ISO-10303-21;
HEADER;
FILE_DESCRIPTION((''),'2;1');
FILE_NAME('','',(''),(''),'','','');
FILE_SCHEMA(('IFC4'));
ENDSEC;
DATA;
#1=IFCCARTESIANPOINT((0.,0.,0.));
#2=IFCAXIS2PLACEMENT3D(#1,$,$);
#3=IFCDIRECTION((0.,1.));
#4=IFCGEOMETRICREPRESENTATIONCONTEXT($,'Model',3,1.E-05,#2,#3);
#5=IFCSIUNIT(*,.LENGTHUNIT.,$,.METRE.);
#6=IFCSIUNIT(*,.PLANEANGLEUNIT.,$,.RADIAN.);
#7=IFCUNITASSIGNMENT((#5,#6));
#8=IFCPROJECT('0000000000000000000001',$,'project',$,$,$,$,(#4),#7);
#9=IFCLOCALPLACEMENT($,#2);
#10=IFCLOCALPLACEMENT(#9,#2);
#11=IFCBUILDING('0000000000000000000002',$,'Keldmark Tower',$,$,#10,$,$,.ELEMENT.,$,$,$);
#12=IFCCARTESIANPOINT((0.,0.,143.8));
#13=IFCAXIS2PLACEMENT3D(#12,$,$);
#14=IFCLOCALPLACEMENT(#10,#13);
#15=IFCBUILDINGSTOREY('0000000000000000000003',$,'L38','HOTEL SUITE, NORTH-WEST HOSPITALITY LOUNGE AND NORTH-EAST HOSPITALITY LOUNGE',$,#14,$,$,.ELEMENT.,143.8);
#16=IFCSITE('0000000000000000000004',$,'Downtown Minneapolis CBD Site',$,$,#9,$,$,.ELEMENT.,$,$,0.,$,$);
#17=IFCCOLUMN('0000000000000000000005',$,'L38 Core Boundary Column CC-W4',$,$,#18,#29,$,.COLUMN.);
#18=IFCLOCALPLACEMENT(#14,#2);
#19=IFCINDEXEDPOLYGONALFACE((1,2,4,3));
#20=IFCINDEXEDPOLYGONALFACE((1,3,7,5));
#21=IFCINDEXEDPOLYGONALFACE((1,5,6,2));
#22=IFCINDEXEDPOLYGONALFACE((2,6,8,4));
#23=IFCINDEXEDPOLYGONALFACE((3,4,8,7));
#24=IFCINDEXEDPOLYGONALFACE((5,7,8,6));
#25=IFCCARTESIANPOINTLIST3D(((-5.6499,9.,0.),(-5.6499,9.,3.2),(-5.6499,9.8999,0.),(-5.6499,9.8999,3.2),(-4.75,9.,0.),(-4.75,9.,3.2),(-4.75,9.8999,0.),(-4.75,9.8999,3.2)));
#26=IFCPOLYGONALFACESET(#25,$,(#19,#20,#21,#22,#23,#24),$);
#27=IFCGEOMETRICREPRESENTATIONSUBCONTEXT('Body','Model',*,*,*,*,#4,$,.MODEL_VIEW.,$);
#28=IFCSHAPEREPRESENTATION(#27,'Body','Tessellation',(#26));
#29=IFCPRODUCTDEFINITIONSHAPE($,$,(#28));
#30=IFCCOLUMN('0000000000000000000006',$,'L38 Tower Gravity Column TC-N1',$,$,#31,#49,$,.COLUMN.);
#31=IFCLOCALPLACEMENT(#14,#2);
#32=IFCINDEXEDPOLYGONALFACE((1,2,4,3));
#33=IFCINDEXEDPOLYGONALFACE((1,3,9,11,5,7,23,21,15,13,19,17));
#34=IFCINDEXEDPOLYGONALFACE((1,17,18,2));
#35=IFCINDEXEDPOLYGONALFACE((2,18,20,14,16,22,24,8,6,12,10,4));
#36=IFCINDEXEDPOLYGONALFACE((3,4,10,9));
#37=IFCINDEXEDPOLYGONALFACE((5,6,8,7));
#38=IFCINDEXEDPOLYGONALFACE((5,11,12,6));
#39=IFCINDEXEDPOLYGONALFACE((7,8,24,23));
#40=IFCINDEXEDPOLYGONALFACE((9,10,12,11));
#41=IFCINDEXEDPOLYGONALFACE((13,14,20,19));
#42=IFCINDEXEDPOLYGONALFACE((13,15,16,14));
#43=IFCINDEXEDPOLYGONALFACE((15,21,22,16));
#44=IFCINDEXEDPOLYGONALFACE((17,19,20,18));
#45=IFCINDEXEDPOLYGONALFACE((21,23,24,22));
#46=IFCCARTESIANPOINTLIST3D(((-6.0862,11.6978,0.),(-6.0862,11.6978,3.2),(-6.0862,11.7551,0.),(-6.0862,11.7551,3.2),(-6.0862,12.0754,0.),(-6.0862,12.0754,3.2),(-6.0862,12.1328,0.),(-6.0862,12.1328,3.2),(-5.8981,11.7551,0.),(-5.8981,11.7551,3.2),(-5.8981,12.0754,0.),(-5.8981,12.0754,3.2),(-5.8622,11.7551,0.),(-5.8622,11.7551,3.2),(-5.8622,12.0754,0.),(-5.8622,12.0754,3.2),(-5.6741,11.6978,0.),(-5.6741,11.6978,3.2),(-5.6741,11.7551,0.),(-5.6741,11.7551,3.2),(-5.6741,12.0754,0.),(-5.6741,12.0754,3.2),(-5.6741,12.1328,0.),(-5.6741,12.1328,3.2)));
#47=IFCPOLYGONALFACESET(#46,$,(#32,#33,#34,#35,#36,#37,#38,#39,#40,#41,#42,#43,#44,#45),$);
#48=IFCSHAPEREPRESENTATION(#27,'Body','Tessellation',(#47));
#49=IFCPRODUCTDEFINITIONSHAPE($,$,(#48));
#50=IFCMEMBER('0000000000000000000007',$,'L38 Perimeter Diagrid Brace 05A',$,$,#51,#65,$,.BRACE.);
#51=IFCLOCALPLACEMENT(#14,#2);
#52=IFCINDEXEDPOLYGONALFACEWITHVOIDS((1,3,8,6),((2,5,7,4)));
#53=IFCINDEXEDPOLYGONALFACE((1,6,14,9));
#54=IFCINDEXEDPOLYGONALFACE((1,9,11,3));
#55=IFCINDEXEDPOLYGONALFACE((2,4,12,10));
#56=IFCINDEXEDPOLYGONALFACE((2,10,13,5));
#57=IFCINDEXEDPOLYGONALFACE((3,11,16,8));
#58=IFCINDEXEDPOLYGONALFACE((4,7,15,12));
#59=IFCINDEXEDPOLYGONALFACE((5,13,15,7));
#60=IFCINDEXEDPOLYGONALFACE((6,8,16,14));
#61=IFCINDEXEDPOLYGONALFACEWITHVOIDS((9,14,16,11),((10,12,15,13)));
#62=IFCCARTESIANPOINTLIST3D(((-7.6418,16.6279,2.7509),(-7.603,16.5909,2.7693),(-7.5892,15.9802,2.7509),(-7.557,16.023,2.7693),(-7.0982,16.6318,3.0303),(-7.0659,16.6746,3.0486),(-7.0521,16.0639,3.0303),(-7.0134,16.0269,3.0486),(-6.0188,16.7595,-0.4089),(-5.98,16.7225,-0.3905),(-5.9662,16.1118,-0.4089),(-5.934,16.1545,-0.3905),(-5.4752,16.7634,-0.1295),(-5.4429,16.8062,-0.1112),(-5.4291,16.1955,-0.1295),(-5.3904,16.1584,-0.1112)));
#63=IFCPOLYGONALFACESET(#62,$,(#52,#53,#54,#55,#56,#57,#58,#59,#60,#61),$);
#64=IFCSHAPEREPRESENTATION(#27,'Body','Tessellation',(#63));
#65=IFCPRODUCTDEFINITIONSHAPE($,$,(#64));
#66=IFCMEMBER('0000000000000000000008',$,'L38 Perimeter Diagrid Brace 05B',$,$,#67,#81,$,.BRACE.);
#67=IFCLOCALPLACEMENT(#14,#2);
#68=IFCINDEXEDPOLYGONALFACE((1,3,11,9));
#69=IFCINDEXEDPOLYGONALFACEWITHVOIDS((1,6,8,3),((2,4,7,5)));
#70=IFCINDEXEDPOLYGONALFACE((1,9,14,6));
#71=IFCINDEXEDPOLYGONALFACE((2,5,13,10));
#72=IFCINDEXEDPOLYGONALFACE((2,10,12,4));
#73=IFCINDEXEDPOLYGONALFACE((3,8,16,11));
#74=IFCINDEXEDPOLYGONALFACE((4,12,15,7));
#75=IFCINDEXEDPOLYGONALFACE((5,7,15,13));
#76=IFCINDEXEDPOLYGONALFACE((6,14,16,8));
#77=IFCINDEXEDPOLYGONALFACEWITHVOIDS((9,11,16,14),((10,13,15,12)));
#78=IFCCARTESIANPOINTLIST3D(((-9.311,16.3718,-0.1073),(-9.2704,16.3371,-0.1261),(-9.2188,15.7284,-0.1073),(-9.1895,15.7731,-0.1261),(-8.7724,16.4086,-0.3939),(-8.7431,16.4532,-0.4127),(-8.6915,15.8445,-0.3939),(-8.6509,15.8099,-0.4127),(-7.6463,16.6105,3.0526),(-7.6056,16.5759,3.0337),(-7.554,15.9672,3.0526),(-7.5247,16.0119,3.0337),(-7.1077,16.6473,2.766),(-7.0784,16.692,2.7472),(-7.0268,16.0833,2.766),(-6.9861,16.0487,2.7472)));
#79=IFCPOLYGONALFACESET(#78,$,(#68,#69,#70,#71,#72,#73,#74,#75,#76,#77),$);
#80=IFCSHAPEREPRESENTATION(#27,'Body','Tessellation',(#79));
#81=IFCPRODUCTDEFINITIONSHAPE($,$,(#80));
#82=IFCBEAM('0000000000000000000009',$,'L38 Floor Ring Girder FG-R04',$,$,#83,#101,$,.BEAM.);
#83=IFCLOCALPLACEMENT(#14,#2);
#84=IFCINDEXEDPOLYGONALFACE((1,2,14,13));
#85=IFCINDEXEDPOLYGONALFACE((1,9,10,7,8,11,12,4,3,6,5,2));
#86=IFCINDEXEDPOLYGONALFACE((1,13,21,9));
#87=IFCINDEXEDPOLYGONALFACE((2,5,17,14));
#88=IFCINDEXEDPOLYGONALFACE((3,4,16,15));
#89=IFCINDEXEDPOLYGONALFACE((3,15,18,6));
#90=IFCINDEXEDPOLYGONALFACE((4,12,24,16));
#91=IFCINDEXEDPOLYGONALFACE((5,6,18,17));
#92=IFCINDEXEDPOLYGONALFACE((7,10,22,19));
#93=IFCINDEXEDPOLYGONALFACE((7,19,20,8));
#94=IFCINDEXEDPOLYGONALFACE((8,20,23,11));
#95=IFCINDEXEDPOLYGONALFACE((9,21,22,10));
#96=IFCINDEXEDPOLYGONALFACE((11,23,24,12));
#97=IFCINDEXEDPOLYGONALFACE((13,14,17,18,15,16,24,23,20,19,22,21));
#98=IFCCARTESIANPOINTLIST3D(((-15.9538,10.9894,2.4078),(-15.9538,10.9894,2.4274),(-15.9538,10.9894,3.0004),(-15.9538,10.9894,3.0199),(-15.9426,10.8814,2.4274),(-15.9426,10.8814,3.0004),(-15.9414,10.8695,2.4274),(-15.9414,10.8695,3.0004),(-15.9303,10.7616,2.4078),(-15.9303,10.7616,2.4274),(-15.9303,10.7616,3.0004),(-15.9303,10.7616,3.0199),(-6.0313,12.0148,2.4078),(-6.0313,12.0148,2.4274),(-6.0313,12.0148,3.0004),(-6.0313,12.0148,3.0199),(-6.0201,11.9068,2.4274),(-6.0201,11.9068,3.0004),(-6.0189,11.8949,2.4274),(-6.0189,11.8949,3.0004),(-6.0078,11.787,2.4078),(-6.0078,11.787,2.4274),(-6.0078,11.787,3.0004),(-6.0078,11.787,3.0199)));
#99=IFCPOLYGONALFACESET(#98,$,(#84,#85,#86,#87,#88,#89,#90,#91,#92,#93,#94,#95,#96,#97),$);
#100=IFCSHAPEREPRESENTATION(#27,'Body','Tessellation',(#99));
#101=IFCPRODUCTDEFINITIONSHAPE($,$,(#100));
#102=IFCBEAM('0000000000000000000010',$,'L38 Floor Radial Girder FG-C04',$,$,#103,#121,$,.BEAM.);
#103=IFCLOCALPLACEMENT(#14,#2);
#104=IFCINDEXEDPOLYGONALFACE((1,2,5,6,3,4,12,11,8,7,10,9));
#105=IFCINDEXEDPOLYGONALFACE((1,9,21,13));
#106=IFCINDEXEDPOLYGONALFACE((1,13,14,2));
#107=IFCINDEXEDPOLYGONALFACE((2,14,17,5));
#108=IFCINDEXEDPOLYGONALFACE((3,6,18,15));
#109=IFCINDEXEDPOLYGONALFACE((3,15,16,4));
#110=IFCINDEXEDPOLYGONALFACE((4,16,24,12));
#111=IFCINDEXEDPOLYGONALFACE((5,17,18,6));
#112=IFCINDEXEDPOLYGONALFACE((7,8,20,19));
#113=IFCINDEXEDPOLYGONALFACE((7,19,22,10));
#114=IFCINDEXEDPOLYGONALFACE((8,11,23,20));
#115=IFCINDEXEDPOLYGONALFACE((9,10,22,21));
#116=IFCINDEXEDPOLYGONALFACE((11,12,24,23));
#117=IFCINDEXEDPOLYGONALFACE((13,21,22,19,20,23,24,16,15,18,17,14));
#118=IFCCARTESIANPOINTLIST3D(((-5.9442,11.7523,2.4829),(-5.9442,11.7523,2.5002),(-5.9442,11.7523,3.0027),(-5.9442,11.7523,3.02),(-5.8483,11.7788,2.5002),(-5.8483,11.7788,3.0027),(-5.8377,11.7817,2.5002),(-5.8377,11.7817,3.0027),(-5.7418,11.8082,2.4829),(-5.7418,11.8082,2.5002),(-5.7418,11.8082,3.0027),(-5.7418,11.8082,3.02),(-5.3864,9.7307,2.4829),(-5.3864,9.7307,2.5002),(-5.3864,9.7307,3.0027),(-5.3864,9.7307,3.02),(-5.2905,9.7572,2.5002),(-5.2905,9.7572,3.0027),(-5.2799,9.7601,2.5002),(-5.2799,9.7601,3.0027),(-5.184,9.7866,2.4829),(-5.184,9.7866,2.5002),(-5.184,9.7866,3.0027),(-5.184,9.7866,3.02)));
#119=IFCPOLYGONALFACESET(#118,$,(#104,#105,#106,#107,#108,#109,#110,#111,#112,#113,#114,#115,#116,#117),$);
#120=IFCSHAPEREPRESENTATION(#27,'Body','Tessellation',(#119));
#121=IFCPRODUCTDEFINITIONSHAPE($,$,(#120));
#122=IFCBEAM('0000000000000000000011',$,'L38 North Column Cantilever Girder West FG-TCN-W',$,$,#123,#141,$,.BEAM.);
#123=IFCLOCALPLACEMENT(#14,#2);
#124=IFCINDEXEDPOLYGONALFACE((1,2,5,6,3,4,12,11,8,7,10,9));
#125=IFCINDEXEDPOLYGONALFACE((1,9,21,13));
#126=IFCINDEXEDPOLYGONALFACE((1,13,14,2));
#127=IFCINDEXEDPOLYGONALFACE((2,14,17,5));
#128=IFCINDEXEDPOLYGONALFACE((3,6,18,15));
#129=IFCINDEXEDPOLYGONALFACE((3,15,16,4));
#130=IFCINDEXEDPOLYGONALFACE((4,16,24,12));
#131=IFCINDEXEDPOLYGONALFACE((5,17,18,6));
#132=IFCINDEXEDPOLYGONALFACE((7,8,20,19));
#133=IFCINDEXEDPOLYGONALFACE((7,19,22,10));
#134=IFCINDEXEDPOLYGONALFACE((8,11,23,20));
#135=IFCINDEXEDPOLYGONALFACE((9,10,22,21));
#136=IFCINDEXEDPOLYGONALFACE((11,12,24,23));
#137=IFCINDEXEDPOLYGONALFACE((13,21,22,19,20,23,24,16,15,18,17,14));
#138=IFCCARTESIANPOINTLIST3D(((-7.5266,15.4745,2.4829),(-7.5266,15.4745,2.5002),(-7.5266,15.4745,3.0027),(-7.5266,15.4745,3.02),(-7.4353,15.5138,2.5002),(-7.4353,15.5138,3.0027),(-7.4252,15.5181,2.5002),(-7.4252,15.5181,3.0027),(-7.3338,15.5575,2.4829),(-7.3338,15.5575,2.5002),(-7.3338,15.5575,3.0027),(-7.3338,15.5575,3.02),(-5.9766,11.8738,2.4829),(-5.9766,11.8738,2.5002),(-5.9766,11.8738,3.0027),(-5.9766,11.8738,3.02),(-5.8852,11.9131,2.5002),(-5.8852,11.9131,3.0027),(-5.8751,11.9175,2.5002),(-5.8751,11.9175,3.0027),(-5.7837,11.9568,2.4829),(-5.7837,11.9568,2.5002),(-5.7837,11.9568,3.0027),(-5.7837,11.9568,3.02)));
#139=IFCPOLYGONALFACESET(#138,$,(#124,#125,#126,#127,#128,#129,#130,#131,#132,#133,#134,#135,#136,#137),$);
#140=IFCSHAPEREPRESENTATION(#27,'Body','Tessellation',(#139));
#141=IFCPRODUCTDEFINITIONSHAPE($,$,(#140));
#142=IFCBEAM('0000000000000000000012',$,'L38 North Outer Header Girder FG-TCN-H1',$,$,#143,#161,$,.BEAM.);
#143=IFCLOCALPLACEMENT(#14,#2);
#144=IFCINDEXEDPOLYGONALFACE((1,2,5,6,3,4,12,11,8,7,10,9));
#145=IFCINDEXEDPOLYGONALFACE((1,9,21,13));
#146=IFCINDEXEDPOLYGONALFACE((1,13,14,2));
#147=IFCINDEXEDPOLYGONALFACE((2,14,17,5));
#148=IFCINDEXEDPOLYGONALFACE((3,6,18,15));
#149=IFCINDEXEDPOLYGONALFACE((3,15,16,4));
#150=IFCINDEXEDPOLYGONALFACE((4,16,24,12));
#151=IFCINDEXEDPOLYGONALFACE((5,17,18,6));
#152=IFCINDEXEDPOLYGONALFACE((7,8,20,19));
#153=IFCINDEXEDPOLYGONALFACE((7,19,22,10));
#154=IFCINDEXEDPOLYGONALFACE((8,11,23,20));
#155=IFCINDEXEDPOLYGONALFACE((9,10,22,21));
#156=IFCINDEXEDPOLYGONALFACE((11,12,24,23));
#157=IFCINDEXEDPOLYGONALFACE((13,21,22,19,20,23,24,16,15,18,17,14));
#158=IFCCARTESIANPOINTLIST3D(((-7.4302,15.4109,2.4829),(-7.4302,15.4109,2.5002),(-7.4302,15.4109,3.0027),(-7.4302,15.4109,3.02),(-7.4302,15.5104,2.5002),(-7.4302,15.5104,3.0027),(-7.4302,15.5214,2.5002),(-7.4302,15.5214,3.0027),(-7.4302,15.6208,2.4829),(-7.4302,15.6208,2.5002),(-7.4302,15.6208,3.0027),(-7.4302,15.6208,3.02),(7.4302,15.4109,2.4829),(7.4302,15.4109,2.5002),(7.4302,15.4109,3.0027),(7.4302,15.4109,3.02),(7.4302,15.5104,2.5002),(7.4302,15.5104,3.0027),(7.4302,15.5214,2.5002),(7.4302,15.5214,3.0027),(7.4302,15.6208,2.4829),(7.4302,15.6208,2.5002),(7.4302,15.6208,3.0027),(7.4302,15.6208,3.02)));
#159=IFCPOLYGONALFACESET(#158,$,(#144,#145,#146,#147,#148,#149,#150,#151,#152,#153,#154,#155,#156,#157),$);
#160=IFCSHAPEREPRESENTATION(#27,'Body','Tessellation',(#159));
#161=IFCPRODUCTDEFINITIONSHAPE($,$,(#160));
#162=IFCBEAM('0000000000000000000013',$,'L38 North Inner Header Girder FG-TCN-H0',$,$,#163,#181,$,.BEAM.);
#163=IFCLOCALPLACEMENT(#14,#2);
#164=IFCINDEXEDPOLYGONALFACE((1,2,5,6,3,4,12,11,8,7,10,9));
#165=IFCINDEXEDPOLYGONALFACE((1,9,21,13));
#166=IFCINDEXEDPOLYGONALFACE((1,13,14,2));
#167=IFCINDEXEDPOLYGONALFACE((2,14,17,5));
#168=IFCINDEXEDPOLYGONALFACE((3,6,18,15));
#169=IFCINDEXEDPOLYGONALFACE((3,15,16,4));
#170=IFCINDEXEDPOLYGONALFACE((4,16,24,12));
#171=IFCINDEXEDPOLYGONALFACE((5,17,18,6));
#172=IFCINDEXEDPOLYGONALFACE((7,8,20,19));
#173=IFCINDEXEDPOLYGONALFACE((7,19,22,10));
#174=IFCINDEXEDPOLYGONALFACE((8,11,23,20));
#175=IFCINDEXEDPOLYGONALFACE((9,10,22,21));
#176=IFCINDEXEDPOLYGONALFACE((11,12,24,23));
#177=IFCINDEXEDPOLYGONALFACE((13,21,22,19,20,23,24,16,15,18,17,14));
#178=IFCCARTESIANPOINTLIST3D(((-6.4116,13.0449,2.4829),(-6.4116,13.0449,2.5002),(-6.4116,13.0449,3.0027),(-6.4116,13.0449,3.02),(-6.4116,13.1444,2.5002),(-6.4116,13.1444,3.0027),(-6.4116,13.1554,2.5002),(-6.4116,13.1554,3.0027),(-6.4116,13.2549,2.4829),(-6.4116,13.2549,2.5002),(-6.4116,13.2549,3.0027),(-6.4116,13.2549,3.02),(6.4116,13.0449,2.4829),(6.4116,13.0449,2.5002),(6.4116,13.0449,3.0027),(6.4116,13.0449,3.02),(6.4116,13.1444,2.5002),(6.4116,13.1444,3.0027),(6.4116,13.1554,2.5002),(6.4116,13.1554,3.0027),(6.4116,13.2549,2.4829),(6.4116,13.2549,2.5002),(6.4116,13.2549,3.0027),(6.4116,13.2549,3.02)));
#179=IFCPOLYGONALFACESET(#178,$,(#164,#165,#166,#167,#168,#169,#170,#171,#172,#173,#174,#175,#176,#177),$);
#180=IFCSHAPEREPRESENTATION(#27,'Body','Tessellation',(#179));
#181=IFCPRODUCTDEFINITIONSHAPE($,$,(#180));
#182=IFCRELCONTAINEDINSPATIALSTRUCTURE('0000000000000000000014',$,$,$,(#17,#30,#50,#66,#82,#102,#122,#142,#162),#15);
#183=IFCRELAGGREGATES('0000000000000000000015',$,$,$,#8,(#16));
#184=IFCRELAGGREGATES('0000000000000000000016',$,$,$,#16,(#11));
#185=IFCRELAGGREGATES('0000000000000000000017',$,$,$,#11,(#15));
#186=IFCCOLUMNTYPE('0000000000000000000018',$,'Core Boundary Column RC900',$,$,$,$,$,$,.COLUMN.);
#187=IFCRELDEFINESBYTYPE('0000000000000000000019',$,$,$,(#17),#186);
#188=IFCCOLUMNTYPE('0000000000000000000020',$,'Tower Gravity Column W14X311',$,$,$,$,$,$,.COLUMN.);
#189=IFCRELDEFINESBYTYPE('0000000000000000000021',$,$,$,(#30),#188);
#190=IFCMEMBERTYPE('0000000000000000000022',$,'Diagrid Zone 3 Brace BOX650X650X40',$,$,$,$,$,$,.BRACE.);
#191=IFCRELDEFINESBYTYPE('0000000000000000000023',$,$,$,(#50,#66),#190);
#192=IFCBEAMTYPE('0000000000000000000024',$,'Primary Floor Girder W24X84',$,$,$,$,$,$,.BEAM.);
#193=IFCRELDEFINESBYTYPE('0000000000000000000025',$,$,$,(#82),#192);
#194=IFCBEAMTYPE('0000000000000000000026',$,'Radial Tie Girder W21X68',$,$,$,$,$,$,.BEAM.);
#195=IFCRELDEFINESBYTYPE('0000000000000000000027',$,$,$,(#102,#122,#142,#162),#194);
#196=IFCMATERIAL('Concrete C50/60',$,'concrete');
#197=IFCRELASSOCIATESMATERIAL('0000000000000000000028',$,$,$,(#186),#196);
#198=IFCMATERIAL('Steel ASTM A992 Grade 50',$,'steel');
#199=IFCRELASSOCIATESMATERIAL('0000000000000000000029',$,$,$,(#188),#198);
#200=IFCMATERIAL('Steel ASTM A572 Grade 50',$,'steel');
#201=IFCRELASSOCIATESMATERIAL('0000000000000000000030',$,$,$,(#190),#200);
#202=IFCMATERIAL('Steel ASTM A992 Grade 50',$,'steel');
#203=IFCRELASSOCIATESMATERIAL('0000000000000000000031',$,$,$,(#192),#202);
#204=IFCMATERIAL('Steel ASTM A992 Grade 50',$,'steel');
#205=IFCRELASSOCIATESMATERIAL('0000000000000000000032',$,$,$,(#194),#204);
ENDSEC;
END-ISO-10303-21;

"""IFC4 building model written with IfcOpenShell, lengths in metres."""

from ifc_helpers import new_model, si_unit, direction, frame, origin, origin_2d, place, context, subcontext, project, spatial, rectangle, hollow_rectangle, i_section, extrude, material, material_profile, profile_set, type_object, element, save


model = new_model("IFC4")

# Units and contexts
model_context = context("Model", 3, precision=1e-05, world=origin(), true_north=direction((0.0, 1.0)))
body_context = subcontext(model_context, "Body", "Model", "MODEL_VIEW")
ifc_project = project(units=[si_unit("LENGTHUNIT", "METRE"), si_unit("PLANEANGLEUNIT", "RADIAN")], contexts=[model_context])

# Site, building, storey
site_placement = place(None, origin())
site = spatial("IfcSite", under=ifc_project, at=site_placement, Name="Downtown Minneapolis CBD Site", CompositionType="ELEMENT", RefElevation=0.0)
building_placement = place(site_placement, origin())
building = spatial("IfcBuilding", under=site, at=building_placement, Name="Keldmark Tower", CompositionType="ELEMENT")
storey_placement = place(building_placement, frame((0.0, 0.0, 143.8)))
storey = spatial("IfcBuildingStorey", under=building, at=storey_placement, Name="L38", Description="HOTEL SUITE, NORTH-WEST HOSPITALITY LOUNGE AND NORTH-EAST HOSPITALITY LOUNGE", CompositionType="ELEMENT", Elevation=143.8)

# Columns
ifc_material_1 = material(Name="Concrete C50/60", Category="concrete")
ifc_material_profile_1 = material_profile(ifc_material_1, rectangle(XDim=0.8999, YDim=0.8999, at=origin_2d()), Name="RC900X900")
ifc_profile_set_1 = profile_set([ifc_material_profile_1], Name="Concrete C50/60")
column_type_1 = type_object("IfcColumnType", Name="Core Boundary Column RC900", PredefinedType="COLUMN", material=ifc_profile_set_1)
column_1_placement = place(storey_placement, frame((-5.2, 9.45, 0.0), z_axis=(0.0, 0.0, 1.0), x_axis=(1.0, 0.0, 0.0)))
element("IfcColumn", 1, at=column_1_placement, inside=storey, type_object=column_type_1, Name="L38 Core Boundary Column CC-W4", PredefinedType="COLUMN", context=body_context, shape_type="SweptSolid", body=[
    extrude(rectangle(XDim=0.8999, YDim=0.8999, at=origin_2d()), origin(), (0.0, 0.0, 1.0), 3.2),
])
ifc_material_2 = material(Name="Steel ASTM A992 Grade 50", Category="steel")
ifc_material_profile_2 = material_profile(ifc_material_2, i_section(OverallWidth=0.4121, OverallDepth=0.4351, WebThickness=0.0359, FlangeThickness=0.0574, at=origin_2d()), Name="W14X311")
ifc_profile_set_2 = profile_set([ifc_material_profile_2], Name="Steel ASTM A992 Grade 50")
column_type_2 = type_object("IfcColumnType", Name="Tower Gravity Column W14X311", PredefinedType="COLUMN", material=ifc_profile_set_2)
column_2_placement = place(storey_placement, frame((-5.8801, 11.9153, 0.0), z_axis=(0.0, 0.0, 1.0), x_axis=(1.0, 0.0, 0.0)))
element("IfcColumn", 2, at=column_2_placement, inside=storey, type_object=column_type_2, Name="L38 Tower Gravity Column TC-N1", PredefinedType="COLUMN", context=body_context, shape_type="SweptSolid", body=[
    extrude(i_section(OverallWidth=0.4121, OverallDepth=0.4351, WebThickness=0.0359, FlangeThickness=0.0574, at=origin_2d()), origin(), (0.0, 0.0, 1.0), 3.2),
])

# Members
ifc_material_3 = material(Name="Steel ASTM A572 Grade 50", Category="steel")
ifc_material_profile_3 = material_profile(ifc_material_3, hollow_rectangle(XDim=0.6499, YDim=0.6499, WallThickness=0.04, at=origin_2d()), Name="BOX650X650X40")
ifc_profile_set_3 = profile_set([ifc_material_profile_3], Name="Steel ASTM A572 Grade 50")
member_type = type_object("IfcMemberType", Name="Diagrid Zone 3 Brace BOX650X650X40", PredefinedType="BRACE", material=ifc_profile_set_3)
member_1_placement = place(storey_placement, frame((-5.7046, 16.459, -0.26), z_axis=(-0.456578, -0.037018, 0.888913), x_axis=(0.080812, -0.996729, 0.0)))
element("IfcMember", 3, at=member_1_placement, inside=storey, type_object=member_type, Name="L38 Perimeter Diagrid Brace 05A", PredefinedType="BRACE", context=body_context, shape_type="SweptSolid", body=[
    extrude(hollow_rectangle(XDim=0.6499, YDim=0.6499, WallThickness=0.04, at=origin_2d()), origin(), (0.0, 0.0, 1.0), 3.5547),
])
member_2_placement = place(storey_placement, frame((-8.981, 16.0908, -0.26), z_axis=(0.465077, 0.066703, 0.882754), x_axis=(-0.14197, 0.989871, 0.0)))
element("IfcMember", 4, at=member_2_placement, inside=storey, type_object=member_type, Name="L38 Perimeter Diagrid Brace 05B", PredefinedType="BRACE", context=body_context, shape_type="SweptSolid", body=[
    extrude(hollow_rectangle(XDim=0.6499, YDim=0.6499, WallThickness=0.04, at=origin_2d()), origin(), (0.0, 0.0, 1.0), 3.5796),
])

# Beams
ifc_material_4 = material(Name="Steel ASTM A992 Grade 50", Category="steel")
ifc_material_profile_4 = material_profile(ifc_material_4, i_section(OverallWidth=0.229, OverallDepth=0.6121, WebThickness=0.012, FlangeThickness=0.0195, at=origin_2d()), Name="W24X84")
ifc_profile_set_4 = profile_set([ifc_material_profile_4], Name="Steel ASTM A992 Grade 50")
beam_type_1 = type_object("IfcBeamType", Name="Primary Floor Girder W24X84", PredefinedType="BEAM", material=ifc_profile_set_4)
beam_1_placement = place(storey_placement, frame((-6.0195, 11.9009, 2.7139), z_axis=(-0.994703, -0.102791, 0.0), x_axis=(0.102791, -0.994703, 0.0)))
element("IfcBeam", 5, at=beam_1_placement, inside=storey, type_object=beam_type_1, Name="L38 Floor Ring Girder FG-R04", PredefinedType="BEAM", context=body_context, shape_type="SweptSolid", body=[
    extrude(i_section(OverallWidth=0.229, OverallDepth=0.6121, WebThickness=0.012, FlangeThickness=0.0195, at=origin_2d()), origin(), (0.0, 0.0, 1.0), 9.9753),
])
ifc_material_5 = material(Name="Steel ASTM A992 Grade 50", Category="steel")
ifc_material_profile_5 = material_profile(ifc_material_5, i_section(OverallWidth=0.21, OverallDepth=0.5371, WebThickness=0.011, FlangeThickness=0.0173, at=origin_2d()), Name="W21X68")
ifc_profile_set_5 = profile_set([ifc_material_profile_5], Name="Steel ASTM A992 Grade 50")
beam_type_2 = type_object("IfcBeamType", Name="Radial Tie Girder W21X68", PredefinedType="BEAM", material=ifc_profile_set_5)
beam_2_placement = place(storey_placement, frame((-5.843, 11.7803, 2.7515), z_axis=(0.265992, -0.963975, 0.0), x_axis=(0.963975, 0.265992, 0.0)))
element("IfcBeam", 6, at=beam_2_placement, inside=storey, type_object=beam_type_2, Name="L38 Floor Radial Girder FG-C04", PredefinedType="BEAM", context=body_context, shape_type="SweptSolid", body=[
    extrude(i_section(OverallWidth=0.21, OverallDepth=0.5371, WebThickness=0.011, FlangeThickness=0.0173, at=origin_2d()), origin(), (0.0, 0.0, 1.0), 2.0972),
])
beam_3_placement = place(storey_placement, frame((-5.8801, 11.9153, 2.7515), z_axis=(-0.395415, 0.918503, 0.0), x_axis=(-0.918503, -0.395415, 0.0)))
element("IfcBeam", 7, at=beam_3_placement, inside=storey, type_object=beam_type_2, Name="L38 North Column Cantilever Girder West FG-TCN-W", PredefinedType="BEAM", context=body_context, shape_type="SweptSolid", body=[
    extrude(i_section(OverallWidth=0.21, OverallDepth=0.5371, WebThickness=0.011, FlangeThickness=0.0173, at=origin_2d()), origin(), (0.0, 0.0, 1.0), 3.9202),
])
beam_4_placement = place(storey_placement, frame((-7.4302, 15.5159, 2.7515), z_axis=(1.0, 0.0, 0.0), x_axis=(0.0, 1.0, 0.0)))
element("IfcBeam", 8, at=beam_4_placement, inside=storey, type_object=beam_type_2, Name="L38 North Outer Header Girder FG-TCN-H1", PredefinedType="BEAM", context=body_context, shape_type="SweptSolid", body=[
    extrude(i_section(OverallWidth=0.21, OverallDepth=0.5371, WebThickness=0.011, FlangeThickness=0.0173, at=origin_2d()), origin(), (0.0, 0.0, 1.0), 14.8604),
])
beam_5_placement = place(storey_placement, frame((-6.4116, 13.1499, 2.7515), z_axis=(1.0, 0.0, 0.0), x_axis=(0.0, 1.0, 0.0)))
element("IfcBeam", 9, at=beam_5_placement, inside=storey, type_object=beam_type_2, Name="L38 North Inner Header Girder FG-TCN-H0", PredefinedType="BEAM", context=body_context, shape_type="SweptSolid", body=[
    extrude(i_section(OverallWidth=0.21, OverallDepth=0.5371, WebThickness=0.011, FlangeThickness=0.0173, at=origin_2d()), origin(), (0.0, 0.0, 1.0), 12.8232),
])

save(model, "model.ifc")
